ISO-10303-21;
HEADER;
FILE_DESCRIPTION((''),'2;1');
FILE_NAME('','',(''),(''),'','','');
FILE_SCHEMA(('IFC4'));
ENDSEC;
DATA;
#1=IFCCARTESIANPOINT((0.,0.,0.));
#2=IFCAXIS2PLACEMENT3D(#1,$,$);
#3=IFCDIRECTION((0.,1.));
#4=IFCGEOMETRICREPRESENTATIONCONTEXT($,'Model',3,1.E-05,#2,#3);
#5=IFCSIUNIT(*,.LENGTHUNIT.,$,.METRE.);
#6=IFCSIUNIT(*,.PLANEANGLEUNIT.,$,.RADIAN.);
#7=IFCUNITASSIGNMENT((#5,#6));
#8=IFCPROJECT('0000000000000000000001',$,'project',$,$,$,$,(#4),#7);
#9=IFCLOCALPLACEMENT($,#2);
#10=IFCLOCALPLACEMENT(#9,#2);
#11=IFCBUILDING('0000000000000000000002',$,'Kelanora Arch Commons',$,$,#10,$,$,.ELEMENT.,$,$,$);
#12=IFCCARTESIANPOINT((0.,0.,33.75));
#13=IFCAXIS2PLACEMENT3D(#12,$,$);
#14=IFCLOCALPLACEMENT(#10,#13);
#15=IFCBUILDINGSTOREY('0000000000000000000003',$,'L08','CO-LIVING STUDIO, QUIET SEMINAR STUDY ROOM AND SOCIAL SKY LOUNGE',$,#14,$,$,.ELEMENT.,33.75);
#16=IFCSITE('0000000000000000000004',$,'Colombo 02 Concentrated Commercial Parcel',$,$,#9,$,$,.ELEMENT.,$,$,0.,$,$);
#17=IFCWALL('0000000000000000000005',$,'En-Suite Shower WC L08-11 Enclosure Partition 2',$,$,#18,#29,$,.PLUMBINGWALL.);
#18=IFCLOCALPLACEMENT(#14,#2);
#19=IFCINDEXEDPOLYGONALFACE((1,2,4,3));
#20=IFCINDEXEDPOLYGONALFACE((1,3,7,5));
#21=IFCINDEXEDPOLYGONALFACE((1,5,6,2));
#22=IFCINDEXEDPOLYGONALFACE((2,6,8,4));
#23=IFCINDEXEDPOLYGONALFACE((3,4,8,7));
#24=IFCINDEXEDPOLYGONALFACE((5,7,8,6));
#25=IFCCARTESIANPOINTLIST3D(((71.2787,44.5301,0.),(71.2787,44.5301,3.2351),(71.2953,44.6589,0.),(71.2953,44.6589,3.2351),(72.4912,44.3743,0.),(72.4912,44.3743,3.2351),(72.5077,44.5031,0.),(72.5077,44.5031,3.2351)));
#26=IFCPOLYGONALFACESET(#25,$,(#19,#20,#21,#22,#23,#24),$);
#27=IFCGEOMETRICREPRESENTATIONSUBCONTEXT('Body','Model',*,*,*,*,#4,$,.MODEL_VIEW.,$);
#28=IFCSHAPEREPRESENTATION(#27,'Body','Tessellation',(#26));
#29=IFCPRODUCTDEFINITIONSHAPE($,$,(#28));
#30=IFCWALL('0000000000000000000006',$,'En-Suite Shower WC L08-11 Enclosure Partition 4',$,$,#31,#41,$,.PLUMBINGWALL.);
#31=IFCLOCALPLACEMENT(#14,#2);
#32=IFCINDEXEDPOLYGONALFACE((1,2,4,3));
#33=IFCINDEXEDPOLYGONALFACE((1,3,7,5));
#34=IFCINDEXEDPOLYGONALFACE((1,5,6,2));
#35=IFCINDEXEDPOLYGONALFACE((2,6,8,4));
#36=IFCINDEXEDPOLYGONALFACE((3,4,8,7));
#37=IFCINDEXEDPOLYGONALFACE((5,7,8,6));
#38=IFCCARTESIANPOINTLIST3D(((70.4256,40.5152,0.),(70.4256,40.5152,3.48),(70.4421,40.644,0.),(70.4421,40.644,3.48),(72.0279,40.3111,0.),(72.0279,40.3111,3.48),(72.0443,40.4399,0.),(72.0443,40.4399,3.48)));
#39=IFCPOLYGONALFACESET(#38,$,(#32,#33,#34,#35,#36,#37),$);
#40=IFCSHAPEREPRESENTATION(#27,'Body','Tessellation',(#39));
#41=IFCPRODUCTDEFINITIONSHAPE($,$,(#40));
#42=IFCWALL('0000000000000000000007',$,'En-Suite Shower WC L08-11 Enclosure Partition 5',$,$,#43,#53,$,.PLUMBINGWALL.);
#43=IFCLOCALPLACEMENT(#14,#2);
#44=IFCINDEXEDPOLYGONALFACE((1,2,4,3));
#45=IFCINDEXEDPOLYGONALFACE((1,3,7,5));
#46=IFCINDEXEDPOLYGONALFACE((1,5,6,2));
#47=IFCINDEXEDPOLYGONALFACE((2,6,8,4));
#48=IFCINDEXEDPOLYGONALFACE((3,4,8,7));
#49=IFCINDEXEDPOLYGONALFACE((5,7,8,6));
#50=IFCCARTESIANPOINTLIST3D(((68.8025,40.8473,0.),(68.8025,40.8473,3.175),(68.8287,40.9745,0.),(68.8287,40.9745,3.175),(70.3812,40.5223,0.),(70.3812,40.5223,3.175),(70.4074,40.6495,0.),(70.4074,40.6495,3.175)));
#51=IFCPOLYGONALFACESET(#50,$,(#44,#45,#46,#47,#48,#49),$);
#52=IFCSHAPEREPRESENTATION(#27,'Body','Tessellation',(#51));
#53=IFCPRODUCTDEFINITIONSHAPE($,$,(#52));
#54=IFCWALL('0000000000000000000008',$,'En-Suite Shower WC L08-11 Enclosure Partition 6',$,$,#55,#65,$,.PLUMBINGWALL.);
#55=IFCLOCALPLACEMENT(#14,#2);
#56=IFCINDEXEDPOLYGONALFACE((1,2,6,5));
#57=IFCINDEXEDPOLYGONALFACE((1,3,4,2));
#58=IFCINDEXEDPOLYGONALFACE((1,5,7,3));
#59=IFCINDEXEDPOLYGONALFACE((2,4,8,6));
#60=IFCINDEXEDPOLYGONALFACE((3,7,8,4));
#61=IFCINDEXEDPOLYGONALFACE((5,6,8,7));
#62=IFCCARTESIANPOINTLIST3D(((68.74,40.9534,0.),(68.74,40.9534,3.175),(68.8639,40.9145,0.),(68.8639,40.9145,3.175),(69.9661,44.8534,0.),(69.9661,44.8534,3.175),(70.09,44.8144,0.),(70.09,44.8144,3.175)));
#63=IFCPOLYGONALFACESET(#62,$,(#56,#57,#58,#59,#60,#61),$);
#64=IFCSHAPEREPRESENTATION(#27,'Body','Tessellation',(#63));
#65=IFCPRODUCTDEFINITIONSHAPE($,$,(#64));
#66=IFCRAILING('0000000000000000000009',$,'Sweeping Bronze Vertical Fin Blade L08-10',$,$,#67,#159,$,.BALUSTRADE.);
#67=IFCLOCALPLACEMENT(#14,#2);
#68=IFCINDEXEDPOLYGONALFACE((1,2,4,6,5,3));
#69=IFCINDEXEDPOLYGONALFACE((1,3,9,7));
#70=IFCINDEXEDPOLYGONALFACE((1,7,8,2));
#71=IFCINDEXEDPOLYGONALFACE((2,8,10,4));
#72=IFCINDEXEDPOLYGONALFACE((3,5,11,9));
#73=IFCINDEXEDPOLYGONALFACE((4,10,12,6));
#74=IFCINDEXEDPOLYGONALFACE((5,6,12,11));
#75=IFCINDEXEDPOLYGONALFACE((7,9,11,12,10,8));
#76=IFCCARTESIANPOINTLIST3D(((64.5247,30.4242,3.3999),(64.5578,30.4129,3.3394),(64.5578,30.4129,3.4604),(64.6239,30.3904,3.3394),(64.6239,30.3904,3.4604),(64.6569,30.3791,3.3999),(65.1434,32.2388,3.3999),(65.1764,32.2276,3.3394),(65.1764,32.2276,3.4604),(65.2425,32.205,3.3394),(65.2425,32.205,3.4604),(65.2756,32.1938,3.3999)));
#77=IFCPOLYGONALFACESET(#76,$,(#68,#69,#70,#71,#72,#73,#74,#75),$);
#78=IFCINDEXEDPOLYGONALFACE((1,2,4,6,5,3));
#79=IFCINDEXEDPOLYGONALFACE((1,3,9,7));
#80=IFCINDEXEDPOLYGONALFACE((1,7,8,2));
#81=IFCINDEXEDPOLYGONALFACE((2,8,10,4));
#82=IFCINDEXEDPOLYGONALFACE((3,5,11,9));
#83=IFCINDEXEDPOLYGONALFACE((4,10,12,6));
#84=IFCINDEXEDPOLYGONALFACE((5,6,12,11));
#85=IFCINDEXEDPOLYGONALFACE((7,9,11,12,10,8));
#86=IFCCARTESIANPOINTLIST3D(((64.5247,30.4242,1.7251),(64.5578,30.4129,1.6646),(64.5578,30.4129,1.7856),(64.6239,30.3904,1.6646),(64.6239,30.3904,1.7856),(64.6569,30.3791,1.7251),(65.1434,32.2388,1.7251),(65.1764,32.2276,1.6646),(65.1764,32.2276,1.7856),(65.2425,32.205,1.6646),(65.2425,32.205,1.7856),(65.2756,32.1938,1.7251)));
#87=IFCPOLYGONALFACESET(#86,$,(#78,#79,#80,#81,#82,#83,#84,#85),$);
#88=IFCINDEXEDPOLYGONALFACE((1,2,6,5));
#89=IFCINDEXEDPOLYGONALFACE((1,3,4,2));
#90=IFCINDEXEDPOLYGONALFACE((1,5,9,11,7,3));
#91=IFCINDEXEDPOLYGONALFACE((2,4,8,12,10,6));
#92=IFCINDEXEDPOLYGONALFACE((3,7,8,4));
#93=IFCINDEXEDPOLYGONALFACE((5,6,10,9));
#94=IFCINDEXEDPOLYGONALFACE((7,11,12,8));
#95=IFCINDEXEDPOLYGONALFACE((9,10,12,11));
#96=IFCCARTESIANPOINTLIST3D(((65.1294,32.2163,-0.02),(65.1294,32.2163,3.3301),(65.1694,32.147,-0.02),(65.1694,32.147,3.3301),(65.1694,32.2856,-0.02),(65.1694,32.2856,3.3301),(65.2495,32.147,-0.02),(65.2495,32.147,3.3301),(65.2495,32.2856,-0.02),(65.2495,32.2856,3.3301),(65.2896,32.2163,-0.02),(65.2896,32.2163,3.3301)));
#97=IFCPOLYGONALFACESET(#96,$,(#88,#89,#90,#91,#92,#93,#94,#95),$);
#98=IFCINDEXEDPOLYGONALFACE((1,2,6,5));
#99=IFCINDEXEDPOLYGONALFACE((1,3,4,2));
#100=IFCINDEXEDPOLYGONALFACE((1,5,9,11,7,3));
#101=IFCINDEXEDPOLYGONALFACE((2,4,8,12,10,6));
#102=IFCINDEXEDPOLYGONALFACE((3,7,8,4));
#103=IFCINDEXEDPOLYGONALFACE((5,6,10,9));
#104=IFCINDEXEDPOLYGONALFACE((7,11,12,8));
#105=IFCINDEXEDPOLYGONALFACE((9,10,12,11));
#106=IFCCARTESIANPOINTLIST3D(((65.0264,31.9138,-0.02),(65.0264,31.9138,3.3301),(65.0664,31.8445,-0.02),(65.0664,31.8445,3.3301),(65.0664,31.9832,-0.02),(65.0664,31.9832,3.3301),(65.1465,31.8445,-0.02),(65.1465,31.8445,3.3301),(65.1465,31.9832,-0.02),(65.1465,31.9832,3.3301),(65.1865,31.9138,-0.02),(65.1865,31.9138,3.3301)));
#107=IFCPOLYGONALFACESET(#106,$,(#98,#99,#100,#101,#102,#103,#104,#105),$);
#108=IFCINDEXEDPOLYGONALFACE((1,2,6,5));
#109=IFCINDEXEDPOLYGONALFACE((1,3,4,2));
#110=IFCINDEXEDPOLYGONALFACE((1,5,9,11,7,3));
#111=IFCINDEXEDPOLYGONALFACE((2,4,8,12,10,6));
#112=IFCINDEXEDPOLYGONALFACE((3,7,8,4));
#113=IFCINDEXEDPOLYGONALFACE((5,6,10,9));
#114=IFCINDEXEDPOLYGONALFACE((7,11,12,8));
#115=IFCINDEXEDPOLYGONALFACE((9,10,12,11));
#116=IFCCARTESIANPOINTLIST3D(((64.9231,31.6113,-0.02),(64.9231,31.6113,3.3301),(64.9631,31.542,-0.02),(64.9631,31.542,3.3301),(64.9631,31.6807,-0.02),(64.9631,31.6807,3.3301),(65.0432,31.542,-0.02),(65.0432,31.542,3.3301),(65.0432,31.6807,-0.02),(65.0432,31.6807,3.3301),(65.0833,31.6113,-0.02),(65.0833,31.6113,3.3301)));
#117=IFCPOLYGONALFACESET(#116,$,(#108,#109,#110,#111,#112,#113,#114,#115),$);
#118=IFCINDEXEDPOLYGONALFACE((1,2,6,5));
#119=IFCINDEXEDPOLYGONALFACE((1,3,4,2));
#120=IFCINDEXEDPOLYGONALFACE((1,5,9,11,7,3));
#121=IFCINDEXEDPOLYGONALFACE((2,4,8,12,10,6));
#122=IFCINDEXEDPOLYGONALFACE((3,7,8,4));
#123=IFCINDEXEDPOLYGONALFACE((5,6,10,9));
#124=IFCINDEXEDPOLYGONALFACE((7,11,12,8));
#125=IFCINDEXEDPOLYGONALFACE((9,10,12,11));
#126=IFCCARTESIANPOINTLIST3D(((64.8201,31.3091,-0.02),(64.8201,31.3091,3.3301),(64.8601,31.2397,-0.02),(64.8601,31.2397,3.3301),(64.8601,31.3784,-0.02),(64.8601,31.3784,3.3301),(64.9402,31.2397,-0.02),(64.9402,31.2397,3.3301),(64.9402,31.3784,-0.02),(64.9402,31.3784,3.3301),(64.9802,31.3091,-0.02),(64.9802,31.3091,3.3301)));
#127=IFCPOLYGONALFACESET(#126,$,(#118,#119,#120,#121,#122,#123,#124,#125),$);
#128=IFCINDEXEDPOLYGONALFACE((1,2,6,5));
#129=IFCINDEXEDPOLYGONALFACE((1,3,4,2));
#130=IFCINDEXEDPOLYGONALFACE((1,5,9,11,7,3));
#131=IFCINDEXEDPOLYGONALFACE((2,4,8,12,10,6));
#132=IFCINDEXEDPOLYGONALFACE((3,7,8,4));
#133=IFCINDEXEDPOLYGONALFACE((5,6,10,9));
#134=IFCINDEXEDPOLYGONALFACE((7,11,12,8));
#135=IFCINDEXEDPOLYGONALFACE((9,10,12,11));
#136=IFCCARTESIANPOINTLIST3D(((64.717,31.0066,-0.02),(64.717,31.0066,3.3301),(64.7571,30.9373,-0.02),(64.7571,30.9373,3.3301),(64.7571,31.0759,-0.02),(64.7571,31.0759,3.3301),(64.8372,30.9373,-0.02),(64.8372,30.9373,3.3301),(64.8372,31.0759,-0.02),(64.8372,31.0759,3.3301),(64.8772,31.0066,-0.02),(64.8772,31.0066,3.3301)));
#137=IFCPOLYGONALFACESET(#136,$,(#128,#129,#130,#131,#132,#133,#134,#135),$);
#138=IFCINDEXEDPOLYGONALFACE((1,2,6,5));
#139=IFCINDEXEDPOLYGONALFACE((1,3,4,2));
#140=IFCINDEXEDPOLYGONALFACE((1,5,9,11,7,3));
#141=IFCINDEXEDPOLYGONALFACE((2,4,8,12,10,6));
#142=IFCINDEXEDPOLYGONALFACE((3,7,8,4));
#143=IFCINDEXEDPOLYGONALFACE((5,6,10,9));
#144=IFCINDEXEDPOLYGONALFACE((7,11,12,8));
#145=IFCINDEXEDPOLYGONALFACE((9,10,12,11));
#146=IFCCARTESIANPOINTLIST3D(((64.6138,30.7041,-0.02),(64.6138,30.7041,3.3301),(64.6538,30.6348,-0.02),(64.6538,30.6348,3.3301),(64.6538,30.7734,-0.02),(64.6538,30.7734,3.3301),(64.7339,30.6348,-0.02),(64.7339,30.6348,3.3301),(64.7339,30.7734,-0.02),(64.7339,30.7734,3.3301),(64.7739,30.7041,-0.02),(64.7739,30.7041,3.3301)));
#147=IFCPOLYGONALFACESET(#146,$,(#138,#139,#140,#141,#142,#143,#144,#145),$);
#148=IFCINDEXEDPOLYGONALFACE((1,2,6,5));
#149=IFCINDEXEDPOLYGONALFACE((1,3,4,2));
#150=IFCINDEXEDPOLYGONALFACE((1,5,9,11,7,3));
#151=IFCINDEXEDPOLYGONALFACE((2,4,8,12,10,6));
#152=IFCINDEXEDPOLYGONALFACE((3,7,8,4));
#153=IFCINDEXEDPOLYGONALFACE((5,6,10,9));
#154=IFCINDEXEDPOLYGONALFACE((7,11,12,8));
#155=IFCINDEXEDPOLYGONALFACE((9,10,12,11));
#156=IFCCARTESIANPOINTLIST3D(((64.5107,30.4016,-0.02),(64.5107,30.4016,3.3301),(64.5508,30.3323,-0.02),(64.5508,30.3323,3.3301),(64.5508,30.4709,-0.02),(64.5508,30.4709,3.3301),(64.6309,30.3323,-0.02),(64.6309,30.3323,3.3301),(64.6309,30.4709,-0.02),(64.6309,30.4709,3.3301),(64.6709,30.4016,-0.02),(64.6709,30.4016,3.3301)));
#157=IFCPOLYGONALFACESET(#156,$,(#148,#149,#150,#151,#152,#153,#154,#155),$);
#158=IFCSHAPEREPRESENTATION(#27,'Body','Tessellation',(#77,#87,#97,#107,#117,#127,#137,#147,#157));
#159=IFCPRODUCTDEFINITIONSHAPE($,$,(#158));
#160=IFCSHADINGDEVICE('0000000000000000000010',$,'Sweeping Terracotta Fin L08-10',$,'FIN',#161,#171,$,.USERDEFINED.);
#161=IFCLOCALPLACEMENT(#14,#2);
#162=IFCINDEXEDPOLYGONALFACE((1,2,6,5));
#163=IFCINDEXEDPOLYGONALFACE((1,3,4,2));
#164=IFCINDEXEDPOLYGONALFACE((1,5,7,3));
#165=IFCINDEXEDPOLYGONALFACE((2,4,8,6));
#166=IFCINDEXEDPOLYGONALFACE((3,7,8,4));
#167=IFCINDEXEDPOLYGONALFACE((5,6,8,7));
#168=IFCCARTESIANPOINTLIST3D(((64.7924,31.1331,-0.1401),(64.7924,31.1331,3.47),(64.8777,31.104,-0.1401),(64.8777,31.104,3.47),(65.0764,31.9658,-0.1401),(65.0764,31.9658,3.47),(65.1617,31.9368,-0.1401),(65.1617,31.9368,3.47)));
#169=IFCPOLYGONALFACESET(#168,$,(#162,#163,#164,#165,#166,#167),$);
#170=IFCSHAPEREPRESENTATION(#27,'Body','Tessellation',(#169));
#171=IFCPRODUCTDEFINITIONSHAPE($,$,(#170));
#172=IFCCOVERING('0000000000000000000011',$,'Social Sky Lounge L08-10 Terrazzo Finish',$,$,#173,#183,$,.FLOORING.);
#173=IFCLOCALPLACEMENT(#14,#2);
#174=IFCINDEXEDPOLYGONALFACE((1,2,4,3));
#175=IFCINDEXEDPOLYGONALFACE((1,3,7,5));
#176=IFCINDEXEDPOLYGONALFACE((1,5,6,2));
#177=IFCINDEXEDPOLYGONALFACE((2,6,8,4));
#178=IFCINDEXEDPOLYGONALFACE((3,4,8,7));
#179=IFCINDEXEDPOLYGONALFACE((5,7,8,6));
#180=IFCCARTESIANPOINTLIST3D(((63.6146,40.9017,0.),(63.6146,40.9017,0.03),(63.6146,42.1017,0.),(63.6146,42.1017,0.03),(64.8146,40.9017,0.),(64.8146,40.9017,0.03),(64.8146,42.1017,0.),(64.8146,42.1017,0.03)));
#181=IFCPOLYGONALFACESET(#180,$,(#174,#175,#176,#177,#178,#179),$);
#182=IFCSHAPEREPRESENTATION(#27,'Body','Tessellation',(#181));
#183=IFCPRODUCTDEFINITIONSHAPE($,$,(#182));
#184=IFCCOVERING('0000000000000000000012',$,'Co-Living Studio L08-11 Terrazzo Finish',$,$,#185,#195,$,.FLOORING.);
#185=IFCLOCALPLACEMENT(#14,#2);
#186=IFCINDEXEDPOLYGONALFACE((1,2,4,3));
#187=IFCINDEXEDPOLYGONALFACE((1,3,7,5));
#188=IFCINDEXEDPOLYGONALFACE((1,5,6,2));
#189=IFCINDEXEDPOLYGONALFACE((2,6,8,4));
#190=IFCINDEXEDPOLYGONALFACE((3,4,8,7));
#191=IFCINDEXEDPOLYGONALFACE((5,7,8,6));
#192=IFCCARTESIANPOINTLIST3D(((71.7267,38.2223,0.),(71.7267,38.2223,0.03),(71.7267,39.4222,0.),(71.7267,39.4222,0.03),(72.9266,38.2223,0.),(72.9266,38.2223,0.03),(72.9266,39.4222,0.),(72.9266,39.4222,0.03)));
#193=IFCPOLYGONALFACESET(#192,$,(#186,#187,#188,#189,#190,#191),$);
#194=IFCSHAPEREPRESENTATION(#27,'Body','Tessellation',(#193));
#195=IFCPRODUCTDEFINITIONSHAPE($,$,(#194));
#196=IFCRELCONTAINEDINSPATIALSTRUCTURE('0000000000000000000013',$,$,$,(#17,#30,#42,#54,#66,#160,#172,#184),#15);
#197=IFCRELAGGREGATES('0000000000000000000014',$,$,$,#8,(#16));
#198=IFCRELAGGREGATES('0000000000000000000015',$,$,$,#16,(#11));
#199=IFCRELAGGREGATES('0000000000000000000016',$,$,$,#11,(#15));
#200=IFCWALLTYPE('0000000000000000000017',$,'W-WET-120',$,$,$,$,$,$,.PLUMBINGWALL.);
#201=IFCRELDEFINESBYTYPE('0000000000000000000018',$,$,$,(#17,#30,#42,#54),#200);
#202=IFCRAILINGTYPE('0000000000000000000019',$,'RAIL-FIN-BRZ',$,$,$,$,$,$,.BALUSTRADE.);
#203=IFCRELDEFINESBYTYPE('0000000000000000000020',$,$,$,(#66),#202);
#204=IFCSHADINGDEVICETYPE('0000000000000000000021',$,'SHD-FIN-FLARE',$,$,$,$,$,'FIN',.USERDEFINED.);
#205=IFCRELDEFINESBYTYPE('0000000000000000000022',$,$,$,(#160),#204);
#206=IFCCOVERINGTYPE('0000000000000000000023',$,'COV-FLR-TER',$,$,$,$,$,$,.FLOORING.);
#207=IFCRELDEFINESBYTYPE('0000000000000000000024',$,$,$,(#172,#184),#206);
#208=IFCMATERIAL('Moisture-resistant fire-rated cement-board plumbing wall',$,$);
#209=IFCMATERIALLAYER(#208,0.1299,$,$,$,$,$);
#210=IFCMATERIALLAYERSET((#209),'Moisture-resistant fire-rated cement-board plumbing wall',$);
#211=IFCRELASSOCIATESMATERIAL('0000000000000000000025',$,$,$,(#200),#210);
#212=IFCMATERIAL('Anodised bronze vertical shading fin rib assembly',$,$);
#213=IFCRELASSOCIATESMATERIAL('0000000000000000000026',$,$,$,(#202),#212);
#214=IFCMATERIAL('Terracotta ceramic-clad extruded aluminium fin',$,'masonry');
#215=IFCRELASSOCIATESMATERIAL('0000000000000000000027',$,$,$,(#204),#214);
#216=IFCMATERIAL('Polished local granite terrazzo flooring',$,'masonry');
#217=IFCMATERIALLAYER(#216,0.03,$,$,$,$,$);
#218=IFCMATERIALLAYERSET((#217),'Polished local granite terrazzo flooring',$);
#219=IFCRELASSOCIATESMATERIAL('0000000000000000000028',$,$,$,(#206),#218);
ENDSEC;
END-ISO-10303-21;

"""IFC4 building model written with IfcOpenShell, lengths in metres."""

from ifc_helpers import new_model, si_unit, direction, frame, frame_2d, origin, origin_2d, place, context, subcontext, project, spatial, polyline, rectangle, outline, extrude, source, transform, mapped, material, layer, layer_set, type_object, element, save


model = new_model("IFC4")

# Units and contexts
model_context = context("Model", 3, precision=1e-05, world=origin(), true_north=direction((0.0, 1.0)))
body_context = subcontext(model_context, "Body", "Model", "MODEL_VIEW")
ifc_project = project(units=[si_unit("LENGTHUNIT", "METRE"), si_unit("PLANEANGLEUNIT", "RADIAN")], contexts=[model_context])

# Site, building, storey
site_placement = place(None, origin())
site = spatial("IfcSite", under=ifc_project, at=site_placement, Name="Colombo 02 Concentrated Commercial Parcel", CompositionType="ELEMENT", RefElevation=0.0)
building_placement = place(site_placement, origin())
building = spatial("IfcBuilding", under=site, at=building_placement, Name="Kelanora Arch Commons", CompositionType="ELEMENT")
storey_placement = place(building_placement, frame((0.0, 0.0, 33.75)))
storey = spatial("IfcBuildingStorey", under=building, at=storey_placement, Name="L08", Description="CO-LIVING STUDIO, QUIET SEMINAR STUDY ROOM AND SOCIAL SKY LOUNGE", CompositionType="ELEMENT", Elevation=33.75)

# Shared definitions
ifc_material_1 = material(Name="Moisture-resistant fire-rated cement-board plumbing wall")
ifc_layer_1 = layer(ifc_material_1, 0.1299)
ifc_layer_set_1 = layer_set([ifc_layer_1], Name="Moisture-resistant fire-rated cement-board plumbing wall")
wall_type_1 = type_object("IfcWallType", Name="W-WET-120", PredefinedType="PLUMBINGWALL", material=ifc_layer_set_1)

# Walls
wall_1_placement = place(storey_placement, frame((71.2869, 44.5945, 0.0), z_axis=(0.0, 0.0, 1.0), x_axis=(0.991848, -0.127426, 0.0)))
element("IfcWall", 1, at=wall_1_placement, inside=storey, type_object=wall_type_1, Name="En-Suite Shower WC L08-11 Enclosure Partition 2", PredefinedType="PLUMBINGWALL", context=body_context, shape_type="SweptSolid", body=[
    extrude(rectangle(XDim=1.2224, YDim=0.1299, at=frame_2d((0.6113, 0.0))), origin(), (0.0, 0.0, 1.0), 3.2351),
])
wall_2_placement = place(storey_placement, frame((72.0361, 40.3755, 0.0), z_axis=(0.0, 0.0, 1.0), x_axis=(-0.991984, 0.12636, 0.0)))
element("IfcWall", 2, at=wall_2_placement, inside=storey, type_object=wall_type_1, Name="En-Suite Shower WC L08-11 Enclosure Partition 4", PredefinedType="PLUMBINGWALL", context=body_context, shape_type="SweptSolid", body=[
    extrude(rectangle(XDim=1.6152, YDim=0.1299, at=frame_2d((0.8076, 0.0))), origin(), (0.0, 0.0, 1.0), 3.48),
])
wall_3_placement = place(storey_placement, frame((70.3943, 40.5859, 0.0), z_axis=(0.0, 0.0, 1.0), x_axis=(-0.979464, 0.201619, 0.0)))
element("IfcWall", 3, at=wall_3_placement, inside=storey, type_object=wall_type_1, Name="En-Suite Shower WC L08-11 Enclosure Partition 5", PredefinedType="PLUMBINGWALL", context=body_context, shape_type="SweptSolid", body=[
    extrude(rectangle(XDim=1.6118, YDim=0.1299, at=frame_2d((0.8059, 0.0))), origin(), (0.0, 0.0, 1.0), 3.175),
])
wall_4_placement = place(storey_placement, frame((68.802, 40.9341, 0.0), z_axis=(0.0, 0.0, 1.0), x_axis=(0.299914, 0.953966, 0.0)))
element("IfcWall", 4, at=wall_4_placement, inside=storey, type_object=wall_type_1, Name="En-Suite Shower WC L08-11 Enclosure Partition 6", PredefinedType="PLUMBINGWALL", context=body_context, shape_type="SweptSolid", body=[
    extrude(rectangle(XDim=4.0881, YDim=0.1299, at=frame_2d((2.0439, 0.0))), origin(), (0.0, 0.0, 1.0), 3.175),
])

# Railing
ifc_material_2 = material(Name="Anodised bronze vertical shading fin rib assembly")
railing_type = type_object("IfcRailingType", Name="RAIL-FIN-BRZ", PredefinedType="BALUSTRADE", material=ifc_material_2)
railing_placement = place(storey_placement, frame((65.2095, 32.2163, -0.02)))
element("IfcRailing", 5, at=railing_placement, inside=storey, type_object=railing_type, Name="Sweeping Bronze Vertical Fin Blade L08-10", PredefinedType="BALUSTRADE", context=body_context, shape_type="SweptSolid", body=[
    extrude(outline(polyline([(0.0698, 0.0), (0.0349, 0.0605), (-0.0349, 0.0605), (-0.0698, 0.0), (-0.0349, -0.0605), (0.0349, -0.0605), (0.0698, 0.0)])), frame((0.0, 0.0, 3.4199), z_axis=(-0.322677, -0.946509, 0.0), x_axis=(0.946509, -0.322677, 0.0)), (0.0, 0.0, 1.0), 1.9172),
    extrude(outline(polyline([(0.0698, 0.0), (0.0349, 0.0605), (-0.0349, 0.0605), (-0.0698, 0.0), (-0.0349, -0.0605), (0.0349, -0.0605), (0.0698, 0.0)])), frame((0.0, 0.0, 1.7451), z_axis=(-0.322677, -0.946509, 0.0), x_axis=(0.946509, -0.322677, 0.0)), (0.0, 0.0, 1.0), 1.9172),
    extrude(outline(polyline([(0.0801, 0.0), (0.04, 0.0693), (-0.04, 0.0693), (-0.0801, 0.0), (-0.04, -0.0693), (0.04, -0.0693), (0.0801, 0.0)])), origin(), (0.0, 0.0, 1.0), 3.3501),
    extrude(outline(polyline([(0.0801, 0.0), (0.04, 0.0693), (-0.04, 0.0693), (-0.0801, 0.0), (-0.04, -0.0693), (0.04, -0.0693), (0.0801, 0.0)])), frame((-0.103, -0.3025, 0.0)), (0.0, 0.0, 1.0), 3.3501),
    extrude(outline(polyline([(0.0801, 0.0), (0.04, 0.0693), (-0.04, 0.0693), (-0.0801, 0.0), (-0.04, -0.0693), (0.04, -0.0693), (0.0801, 0.0)])), frame((-0.2063, -0.605, 0.0)), (0.0, 0.0, 1.0), 3.3501),
    extrude(outline(polyline([(0.0801, 0.0), (0.04, 0.0693), (-0.04, 0.0693), (-0.0801, 0.0), (-0.04, -0.0693), (0.04, -0.0693), (0.0801, 0.0)])), frame((-0.3093, -0.9072, 0.0)), (0.0, 0.0, 1.0), 3.3501),
    extrude(outline(polyline([(0.0801, 0.0), (0.04, 0.0693), (-0.04, 0.0693), (-0.0801, 0.0), (-0.04, -0.0693), (0.04, -0.0693), (0.0801, 0.0)])), frame((-0.4124, -1.2097, 0.0)), (0.0, 0.0, 1.0), 3.3501),
    extrude(outline(polyline([(0.0801, 0.0), (0.04, 0.0693), (-0.04, 0.0693), (-0.0801, 0.0), (-0.04, -0.0693), (0.04, -0.0693), (0.0801, 0.0)])), frame((-0.5156, -1.5122, 0.0)), (0.0, 0.0, 1.0), 3.3501),
    extrude(outline(polyline([(0.0801, 0.0), (0.04, 0.0693), (-0.04, 0.0693), (-0.0801, 0.0), (-0.04, -0.0693), (0.04, -0.0693), (0.0801, 0.0)])), frame((-0.6187, -1.8147, 0.0)), (0.0, 0.0, 1.0), 3.3501),
])

# Shading device
ifc_material_3 = material(Name="Terracotta ceramic-clad extruded aluminium fin", Category="masonry")
shading_device_type = type_object("IfcShadingDeviceType", Name="SHD-FIN-FLARE", ElementType="FIN", PredefinedType="USERDEFINED", material=ifc_material_3)
shared_shape_1 = source(origin(), body_context, "Body", "SweptSolid", [
    extrude(rectangle(XDim=0.8799, YDim=0.0901, at=origin_2d()), origin(), (0.0, 0.0, 1.0), 3.6101),
])
shading_device_placement = place(storey_placement, frame((64.9771, 31.5349, -0.1401), z_axis=(0.0, 0.0, 1.0), x_axis=(-0.322761, -0.94648, 0.0)))
element("IfcShadingDevice", 6, at=shading_device_placement, inside=storey, type_object=shading_device_type, Name="Sweeping Terracotta Fin L08-10", ObjectType="FIN", PredefinedType="USERDEFINED", context=body_context, shape_type="MappedRepresentation", body=[
    mapped(shared_shape_1, transform((0.0, 0.0, 0.0), scale=1.0)),
])

# Coverings
ifc_material_4 = material(Name="Polished local granite terrazzo flooring", Category="masonry")
ifc_layer_2 = layer(ifc_material_4, 0.03)
ifc_layer_set_2 = layer_set([ifc_layer_2], Name="Polished local granite terrazzo flooring")
covering_type = type_object("IfcCoveringType", Name="COV-FLR-TER", PredefinedType="FLOORING", material=ifc_layer_set_2)
shared_shape_2 = source(origin(), body_context, "Body", "SweptSolid", [
    extrude(rectangle(XDim=1.2, YDim=1.2, at=origin_2d()), origin(), (0.0, 0.0, 1.0), 0.03),
])
for number, where, z_axis, x_axis, name in (
    (7, (64.2146, 41.5017, 0.0), (0.0, 0.0, 1.0), (1.0, 0.0, 0.0), "Social Sky Lounge L08-10 Terrazzo Finish"),
    (8, (72.3267, 38.8223, 0.0), (0.0, 0.0, 1.0), (1.0, 0.0, 0.0), "Co-Living Studio L08-11 Terrazzo Finish"),
):
    element("IfcCovering", number, at=place(storey_placement, frame(where, z_axis=z_axis, x_axis=x_axis)), inside=storey, type_object=covering_type, Name=name, PredefinedType="FLOORING", context=body_context, shape_type="MappedRepresentation", body=[
        mapped(shared_shape_2, transform((0.0, 0.0, 0.0), scale=1.0)),
    ])

save(model, "model.ifc")
